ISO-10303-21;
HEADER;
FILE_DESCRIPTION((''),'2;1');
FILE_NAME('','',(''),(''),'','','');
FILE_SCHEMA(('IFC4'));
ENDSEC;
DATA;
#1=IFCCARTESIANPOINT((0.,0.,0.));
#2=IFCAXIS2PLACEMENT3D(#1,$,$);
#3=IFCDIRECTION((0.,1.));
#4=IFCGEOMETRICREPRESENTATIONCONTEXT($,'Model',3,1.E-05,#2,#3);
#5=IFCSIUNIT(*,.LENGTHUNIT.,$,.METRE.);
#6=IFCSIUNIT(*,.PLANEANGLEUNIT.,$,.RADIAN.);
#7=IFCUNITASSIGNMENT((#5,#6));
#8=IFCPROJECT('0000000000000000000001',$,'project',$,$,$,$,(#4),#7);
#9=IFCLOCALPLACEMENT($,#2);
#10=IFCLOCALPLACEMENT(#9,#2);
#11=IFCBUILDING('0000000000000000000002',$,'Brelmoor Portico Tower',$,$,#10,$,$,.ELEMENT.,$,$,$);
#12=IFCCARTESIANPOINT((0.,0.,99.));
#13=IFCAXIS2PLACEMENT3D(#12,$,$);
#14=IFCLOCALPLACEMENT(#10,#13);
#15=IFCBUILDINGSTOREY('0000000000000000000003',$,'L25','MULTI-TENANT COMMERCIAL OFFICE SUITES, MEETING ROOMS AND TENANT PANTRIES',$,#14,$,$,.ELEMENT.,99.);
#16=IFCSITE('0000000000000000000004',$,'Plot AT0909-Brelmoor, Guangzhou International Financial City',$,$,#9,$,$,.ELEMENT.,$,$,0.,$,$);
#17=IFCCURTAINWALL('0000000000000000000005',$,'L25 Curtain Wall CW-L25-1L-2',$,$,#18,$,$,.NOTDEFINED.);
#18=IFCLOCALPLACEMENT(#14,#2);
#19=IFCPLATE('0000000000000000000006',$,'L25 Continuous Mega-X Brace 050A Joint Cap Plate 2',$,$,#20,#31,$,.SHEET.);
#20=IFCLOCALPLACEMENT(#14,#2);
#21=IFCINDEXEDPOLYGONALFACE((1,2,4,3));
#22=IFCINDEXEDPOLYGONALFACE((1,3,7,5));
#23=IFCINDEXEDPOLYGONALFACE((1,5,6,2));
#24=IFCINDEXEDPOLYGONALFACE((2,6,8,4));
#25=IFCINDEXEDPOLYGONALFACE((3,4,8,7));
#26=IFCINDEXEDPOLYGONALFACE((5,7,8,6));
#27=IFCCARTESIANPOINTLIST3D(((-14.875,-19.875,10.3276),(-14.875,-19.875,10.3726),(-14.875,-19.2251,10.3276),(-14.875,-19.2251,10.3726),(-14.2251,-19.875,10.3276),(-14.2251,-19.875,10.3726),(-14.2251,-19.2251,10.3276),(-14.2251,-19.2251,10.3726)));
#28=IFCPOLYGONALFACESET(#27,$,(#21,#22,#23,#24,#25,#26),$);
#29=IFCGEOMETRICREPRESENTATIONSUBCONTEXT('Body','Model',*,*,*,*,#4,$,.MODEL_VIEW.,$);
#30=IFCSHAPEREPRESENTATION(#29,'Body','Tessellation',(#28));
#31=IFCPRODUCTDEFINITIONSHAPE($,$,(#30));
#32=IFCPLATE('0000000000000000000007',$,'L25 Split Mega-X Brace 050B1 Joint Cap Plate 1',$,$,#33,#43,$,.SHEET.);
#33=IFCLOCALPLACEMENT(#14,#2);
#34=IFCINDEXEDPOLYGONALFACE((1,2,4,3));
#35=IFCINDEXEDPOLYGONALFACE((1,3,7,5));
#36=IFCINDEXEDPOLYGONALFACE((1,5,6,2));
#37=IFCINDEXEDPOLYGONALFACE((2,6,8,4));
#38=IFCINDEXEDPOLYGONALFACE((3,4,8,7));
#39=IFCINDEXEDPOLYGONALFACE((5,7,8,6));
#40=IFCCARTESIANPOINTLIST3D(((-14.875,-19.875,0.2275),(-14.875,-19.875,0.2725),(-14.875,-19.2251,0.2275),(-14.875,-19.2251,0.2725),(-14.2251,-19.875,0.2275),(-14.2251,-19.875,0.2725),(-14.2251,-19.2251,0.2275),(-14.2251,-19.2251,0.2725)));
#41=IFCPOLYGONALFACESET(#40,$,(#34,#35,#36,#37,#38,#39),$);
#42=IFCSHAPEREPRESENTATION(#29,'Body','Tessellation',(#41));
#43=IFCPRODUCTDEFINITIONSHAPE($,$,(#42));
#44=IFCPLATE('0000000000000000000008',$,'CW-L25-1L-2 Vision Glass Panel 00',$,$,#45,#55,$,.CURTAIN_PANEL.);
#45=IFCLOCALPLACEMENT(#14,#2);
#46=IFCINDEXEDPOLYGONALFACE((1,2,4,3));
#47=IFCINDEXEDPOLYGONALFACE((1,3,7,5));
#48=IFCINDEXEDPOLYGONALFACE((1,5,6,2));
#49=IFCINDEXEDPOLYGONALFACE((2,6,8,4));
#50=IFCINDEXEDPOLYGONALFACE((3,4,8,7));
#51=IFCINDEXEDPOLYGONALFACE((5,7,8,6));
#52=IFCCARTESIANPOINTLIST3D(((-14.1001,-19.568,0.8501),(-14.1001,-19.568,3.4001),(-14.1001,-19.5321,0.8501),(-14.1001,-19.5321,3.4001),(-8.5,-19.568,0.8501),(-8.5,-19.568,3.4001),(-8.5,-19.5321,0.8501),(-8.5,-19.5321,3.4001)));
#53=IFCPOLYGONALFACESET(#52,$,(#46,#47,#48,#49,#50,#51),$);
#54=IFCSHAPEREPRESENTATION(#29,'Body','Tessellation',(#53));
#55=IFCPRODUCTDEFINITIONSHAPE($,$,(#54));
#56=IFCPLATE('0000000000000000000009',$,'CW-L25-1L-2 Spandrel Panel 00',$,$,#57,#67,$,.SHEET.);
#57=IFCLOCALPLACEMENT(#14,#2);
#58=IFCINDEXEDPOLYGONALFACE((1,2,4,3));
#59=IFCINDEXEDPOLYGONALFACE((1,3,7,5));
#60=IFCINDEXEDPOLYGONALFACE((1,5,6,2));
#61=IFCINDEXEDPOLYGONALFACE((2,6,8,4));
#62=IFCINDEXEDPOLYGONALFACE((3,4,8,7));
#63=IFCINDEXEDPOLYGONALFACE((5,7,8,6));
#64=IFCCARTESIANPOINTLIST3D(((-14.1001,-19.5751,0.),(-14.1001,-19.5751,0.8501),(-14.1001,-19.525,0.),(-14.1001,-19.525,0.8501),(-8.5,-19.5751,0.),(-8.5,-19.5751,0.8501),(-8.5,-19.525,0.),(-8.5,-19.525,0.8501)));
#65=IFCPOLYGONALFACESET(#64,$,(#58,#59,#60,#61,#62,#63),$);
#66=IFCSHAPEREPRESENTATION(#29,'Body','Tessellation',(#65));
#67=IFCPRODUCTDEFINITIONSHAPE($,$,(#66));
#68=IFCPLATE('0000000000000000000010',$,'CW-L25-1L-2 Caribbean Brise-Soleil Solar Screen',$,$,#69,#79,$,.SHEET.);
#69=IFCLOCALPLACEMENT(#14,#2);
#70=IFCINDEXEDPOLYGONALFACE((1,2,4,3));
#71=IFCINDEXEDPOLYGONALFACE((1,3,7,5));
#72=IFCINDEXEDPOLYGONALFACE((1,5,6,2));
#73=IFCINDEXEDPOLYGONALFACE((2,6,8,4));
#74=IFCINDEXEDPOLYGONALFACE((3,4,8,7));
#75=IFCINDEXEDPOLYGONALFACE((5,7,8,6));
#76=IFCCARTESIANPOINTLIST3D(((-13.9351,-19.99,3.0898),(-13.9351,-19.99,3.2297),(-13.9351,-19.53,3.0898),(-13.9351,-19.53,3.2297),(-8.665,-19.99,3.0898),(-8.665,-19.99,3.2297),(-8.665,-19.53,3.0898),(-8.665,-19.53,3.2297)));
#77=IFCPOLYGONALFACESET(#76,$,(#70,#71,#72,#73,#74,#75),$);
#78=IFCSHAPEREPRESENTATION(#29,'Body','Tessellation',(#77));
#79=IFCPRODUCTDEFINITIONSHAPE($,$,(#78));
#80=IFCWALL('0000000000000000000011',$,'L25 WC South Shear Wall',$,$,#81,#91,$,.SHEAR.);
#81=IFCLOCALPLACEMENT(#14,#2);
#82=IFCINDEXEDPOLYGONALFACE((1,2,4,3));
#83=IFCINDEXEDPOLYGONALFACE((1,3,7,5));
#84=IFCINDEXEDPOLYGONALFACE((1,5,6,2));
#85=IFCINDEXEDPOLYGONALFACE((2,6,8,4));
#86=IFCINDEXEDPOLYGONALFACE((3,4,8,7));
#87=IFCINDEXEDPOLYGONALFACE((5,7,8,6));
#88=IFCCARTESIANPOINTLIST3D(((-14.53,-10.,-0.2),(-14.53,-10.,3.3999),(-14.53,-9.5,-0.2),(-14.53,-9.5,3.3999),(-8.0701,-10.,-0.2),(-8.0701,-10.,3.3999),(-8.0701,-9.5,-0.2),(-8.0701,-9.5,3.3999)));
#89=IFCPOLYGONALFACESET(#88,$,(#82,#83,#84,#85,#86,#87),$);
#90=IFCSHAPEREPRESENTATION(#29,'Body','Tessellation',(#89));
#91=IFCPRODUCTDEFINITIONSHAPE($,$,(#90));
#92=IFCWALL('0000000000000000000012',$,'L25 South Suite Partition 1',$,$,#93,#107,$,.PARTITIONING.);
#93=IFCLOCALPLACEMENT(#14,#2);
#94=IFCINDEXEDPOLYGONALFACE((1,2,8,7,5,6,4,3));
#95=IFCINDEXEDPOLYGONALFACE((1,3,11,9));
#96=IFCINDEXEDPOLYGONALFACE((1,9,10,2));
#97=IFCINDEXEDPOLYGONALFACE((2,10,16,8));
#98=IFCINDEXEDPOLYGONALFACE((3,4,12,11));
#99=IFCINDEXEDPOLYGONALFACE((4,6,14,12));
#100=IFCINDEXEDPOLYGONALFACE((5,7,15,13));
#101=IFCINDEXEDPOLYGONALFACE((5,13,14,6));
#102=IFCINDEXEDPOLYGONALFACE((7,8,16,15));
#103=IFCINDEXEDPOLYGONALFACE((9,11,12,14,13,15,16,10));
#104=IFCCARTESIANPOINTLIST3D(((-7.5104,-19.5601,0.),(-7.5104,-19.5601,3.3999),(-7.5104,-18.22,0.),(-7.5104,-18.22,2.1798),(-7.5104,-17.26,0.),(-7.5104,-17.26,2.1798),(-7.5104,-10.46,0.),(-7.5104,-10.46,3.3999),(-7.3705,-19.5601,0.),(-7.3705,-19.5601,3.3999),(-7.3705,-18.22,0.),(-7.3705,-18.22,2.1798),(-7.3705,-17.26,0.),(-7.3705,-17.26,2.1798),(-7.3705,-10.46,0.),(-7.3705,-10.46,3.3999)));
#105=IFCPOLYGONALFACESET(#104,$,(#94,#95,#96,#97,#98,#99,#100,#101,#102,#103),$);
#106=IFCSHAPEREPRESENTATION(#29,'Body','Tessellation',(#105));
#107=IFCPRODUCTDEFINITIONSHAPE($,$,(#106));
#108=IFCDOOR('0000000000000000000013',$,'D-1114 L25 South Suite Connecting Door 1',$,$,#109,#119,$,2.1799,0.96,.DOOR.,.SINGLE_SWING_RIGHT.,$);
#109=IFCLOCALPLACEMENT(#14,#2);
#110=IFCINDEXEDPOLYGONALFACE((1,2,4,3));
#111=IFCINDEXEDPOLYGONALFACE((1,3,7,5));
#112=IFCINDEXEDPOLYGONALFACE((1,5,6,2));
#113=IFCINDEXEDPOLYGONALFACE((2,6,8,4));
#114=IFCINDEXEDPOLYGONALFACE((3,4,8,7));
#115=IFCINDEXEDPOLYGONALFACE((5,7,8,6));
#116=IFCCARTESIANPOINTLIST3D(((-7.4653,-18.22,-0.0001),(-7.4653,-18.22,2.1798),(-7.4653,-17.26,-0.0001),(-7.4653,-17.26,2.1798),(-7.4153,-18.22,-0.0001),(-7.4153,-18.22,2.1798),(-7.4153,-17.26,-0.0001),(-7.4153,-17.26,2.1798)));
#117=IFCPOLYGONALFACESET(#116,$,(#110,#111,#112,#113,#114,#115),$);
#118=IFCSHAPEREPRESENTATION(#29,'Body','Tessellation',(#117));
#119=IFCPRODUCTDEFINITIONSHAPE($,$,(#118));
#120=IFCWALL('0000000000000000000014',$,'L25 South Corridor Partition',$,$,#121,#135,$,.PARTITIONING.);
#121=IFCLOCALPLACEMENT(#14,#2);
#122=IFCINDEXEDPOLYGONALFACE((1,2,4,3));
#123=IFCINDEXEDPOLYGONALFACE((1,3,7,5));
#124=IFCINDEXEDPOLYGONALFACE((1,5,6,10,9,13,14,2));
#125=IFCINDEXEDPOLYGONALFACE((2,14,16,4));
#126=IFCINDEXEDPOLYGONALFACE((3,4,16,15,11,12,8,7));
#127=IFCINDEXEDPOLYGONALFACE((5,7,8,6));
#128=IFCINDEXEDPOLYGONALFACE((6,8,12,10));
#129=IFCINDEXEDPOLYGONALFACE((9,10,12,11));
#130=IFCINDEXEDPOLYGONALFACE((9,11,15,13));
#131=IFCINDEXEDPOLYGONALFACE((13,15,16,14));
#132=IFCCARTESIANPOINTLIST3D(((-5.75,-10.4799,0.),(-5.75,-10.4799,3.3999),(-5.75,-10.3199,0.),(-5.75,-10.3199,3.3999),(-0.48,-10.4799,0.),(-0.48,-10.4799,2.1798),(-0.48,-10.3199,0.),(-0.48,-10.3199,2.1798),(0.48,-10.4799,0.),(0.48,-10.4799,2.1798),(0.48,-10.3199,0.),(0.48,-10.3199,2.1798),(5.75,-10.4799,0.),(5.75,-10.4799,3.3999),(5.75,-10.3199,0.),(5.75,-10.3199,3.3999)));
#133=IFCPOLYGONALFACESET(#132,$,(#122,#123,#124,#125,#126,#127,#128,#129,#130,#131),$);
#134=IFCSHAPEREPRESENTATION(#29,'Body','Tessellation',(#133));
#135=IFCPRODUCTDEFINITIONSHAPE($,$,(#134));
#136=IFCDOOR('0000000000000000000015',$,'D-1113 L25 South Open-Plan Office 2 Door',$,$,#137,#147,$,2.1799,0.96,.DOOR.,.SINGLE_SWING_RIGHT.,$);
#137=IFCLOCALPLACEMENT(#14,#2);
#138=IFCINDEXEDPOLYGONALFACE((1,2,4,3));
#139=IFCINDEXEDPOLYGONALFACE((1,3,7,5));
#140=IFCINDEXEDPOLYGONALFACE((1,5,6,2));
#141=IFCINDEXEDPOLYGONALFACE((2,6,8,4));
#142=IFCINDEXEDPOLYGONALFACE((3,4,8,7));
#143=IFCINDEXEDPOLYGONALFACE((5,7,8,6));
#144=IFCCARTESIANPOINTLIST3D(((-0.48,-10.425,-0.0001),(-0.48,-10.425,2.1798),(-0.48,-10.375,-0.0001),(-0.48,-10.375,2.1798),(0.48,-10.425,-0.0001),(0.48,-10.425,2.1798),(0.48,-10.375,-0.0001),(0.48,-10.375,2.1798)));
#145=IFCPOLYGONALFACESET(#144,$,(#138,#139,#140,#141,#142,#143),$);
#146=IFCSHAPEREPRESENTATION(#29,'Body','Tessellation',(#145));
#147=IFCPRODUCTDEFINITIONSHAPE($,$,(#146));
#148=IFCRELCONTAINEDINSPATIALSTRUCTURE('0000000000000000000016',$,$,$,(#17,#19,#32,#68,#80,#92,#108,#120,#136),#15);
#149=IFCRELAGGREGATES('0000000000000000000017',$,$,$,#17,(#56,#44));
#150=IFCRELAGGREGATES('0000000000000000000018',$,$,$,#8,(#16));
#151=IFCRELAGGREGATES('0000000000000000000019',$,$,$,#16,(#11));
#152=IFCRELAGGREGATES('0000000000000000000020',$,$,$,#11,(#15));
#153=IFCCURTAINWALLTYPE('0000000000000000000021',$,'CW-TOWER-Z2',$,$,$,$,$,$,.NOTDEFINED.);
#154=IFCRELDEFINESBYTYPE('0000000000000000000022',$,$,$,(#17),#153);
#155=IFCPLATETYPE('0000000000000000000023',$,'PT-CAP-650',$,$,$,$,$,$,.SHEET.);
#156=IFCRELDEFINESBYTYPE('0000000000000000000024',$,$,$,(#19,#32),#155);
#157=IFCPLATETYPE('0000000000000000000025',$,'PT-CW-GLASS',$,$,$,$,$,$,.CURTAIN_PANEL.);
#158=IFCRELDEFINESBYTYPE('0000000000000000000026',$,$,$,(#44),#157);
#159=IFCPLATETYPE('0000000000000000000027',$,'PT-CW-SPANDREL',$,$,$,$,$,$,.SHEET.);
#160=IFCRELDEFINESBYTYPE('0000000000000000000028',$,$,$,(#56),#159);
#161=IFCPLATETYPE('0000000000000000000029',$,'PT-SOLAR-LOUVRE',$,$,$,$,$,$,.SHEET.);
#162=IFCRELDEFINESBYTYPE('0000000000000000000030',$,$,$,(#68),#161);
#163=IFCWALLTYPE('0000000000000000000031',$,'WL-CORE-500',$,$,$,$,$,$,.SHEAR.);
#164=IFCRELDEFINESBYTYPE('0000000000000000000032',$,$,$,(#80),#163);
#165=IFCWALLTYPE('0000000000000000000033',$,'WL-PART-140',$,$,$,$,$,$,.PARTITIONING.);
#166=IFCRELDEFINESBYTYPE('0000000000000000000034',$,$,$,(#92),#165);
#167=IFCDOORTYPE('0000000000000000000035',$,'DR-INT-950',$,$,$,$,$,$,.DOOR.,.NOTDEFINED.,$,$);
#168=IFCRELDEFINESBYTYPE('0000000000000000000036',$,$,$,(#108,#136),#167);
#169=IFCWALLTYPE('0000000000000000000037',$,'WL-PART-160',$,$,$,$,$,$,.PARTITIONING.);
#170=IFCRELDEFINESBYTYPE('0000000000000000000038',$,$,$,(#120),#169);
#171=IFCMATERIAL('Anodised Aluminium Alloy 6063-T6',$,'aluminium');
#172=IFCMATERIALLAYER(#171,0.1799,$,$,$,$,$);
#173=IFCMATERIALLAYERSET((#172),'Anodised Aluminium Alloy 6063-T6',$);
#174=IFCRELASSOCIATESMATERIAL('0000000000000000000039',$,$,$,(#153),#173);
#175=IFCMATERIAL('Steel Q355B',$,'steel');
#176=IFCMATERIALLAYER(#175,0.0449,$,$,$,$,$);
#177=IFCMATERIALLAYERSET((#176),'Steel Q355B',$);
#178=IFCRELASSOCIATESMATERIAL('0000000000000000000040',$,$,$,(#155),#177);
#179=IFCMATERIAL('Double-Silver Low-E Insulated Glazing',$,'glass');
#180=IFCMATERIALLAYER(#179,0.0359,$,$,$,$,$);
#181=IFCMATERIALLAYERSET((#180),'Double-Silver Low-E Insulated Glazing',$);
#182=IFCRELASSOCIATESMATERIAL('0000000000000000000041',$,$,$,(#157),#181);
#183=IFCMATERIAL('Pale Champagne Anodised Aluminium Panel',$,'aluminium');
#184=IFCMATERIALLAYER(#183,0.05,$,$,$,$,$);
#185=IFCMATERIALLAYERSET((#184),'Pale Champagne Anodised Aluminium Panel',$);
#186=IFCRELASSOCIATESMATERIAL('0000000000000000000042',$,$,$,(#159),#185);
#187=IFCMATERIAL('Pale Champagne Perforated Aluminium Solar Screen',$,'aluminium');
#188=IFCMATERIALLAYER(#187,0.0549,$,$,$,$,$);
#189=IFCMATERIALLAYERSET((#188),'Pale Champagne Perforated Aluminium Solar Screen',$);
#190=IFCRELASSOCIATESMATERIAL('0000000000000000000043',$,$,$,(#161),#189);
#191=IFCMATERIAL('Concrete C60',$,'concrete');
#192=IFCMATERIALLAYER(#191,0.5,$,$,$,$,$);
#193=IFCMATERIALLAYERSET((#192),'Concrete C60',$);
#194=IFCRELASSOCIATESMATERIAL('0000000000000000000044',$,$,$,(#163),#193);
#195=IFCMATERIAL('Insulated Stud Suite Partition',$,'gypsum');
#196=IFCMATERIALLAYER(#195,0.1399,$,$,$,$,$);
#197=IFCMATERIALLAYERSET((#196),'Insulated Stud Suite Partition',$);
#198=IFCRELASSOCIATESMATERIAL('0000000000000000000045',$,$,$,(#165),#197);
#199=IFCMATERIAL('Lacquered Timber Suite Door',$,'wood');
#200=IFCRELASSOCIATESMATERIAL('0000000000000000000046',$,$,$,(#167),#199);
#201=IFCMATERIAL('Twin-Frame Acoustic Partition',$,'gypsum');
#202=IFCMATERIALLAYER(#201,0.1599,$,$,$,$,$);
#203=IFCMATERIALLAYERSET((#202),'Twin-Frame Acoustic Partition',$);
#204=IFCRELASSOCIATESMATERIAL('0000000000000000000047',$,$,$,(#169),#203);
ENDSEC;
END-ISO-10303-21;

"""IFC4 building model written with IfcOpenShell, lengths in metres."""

from ifc_helpers import new_model, si_unit, direction, frame, frame_2d, origin, origin_2d, place, context, subcontext, project, spatial, rectangle, extrude, material, layer, layer_set, type_object, element, fill, aggregate, save


model = new_model("IFC4")

# Units and contexts
model_context = context("Model", 3, precision=1e-05, world=origin(), true_north=direction((0.0, 1.0)))
body_context = subcontext(model_context, "Body", "Model", "MODEL_VIEW")
ifc_project = project(units=[si_unit("LENGTHUNIT", "METRE"), si_unit("PLANEANGLEUNIT", "RADIAN")], contexts=[model_context])

# Site, building, storey
site_placement = place(None, origin())
site = spatial("IfcSite", under=ifc_project, at=site_placement, Name="Plot AT0909-Brelmoor, Guangzhou International Financial City", CompositionType="ELEMENT", RefElevation=0.0)
building_placement = place(site_placement, origin())
building = spatial("IfcBuilding", under=site, at=building_placement, Name="Brelmoor Portico Tower", CompositionType="ELEMENT")
storey_placement = place(building_placement, frame((0.0, 0.0, 99.0)))
storey = spatial("IfcBuildingStorey", under=building, at=storey_placement, Name="L25", Description="MULTI-TENANT COMMERCIAL OFFICE SUITES, MEETING ROOMS AND TENANT PANTRIES", CompositionType="ELEMENT", Elevation=99.0)

# Shared definitions
ifc_material_1 = material(Name="Steel Q355B", Category="steel")

# Curtain wall
ifc_material_2 = material(Name="Anodised Aluminium Alloy 6063-T6", Category="aluminium")
ifc_layer_1 = layer(ifc_material_2, 0.1799)
ifc_layer_set_1 = layer_set([ifc_layer_1], Name="Anodised Aluminium Alloy 6063-T6")
curtain_wall_type = type_object("IfcCurtainWallType", Name="CW-TOWER-Z2", PredefinedType="NOTDEFINED", material=ifc_layer_set_1)
curtain_wall_1_placement = place(storey_placement, origin())
curtain_wall_1 = element("IfcCurtainWall", 1, at=curtain_wall_1_placement, inside=storey, type_object=curtain_wall_type, Name="L25 Curtain Wall CW-L25-1L-2", PredefinedType="NOTDEFINED")

# Plates
ifc_layer_2 = layer(ifc_material_1, 0.0449)
ifc_layer_set_2 = layer_set([ifc_layer_2], Name="Steel Q355B")
plate_type_1 = type_object("IfcPlateType", Name="PT-CAP-650", PredefinedType="SHEET", material=ifc_layer_set_2)
for number, where, z_axis, x_axis, name in (
    (2, (-14.55, -19.55, 10.3276), (0.0, 0.0, 1.0), (1.0, 0.0, 0.0), "L25 Continuous Mega-X Brace 050A Joint Cap Plate 2"),
    (3, (-14.55, -19.55, 0.2275), (0.0, 0.0, 1.0), (1.0, 0.0, 0.0), "L25 Split Mega-X Brace 050B1 Joint Cap Plate 1"),
):
    element("IfcPlate", number, at=place(storey_placement, frame(where, z_axis=z_axis, x_axis=x_axis)), inside=storey, type_object=plate_type_1, Name=name, PredefinedType="SHEET", context=body_context, shape_type="SweptSolid", body=[
        extrude(rectangle(XDim=0.6499, YDim=0.6499, at=origin_2d()), origin(), (0.0, 0.0, 1.0), 0.0449),
    ])

# Plates
ifc_material_3 = material(Name="Double-Silver Low-E Insulated Glazing", Category="glass")
ifc_layer_3 = layer(ifc_material_3, 0.0359)
ifc_layer_set_3 = layer_set([ifc_layer_3], Name="Double-Silver Low-E Insulated Glazing")
plate_type_2 = type_object("IfcPlateType", Name="PT-CW-GLASS", PredefinedType="CURTAIN_PANEL", material=ifc_layer_set_3)
plate_1_placement = place(storey_placement, frame((-11.3, -19.55, 0.8501), z_axis=(0.0, 0.0, 1.0), x_axis=(1.0, 0.0, 0.0)))
plate_1 = element("IfcPlate", 4, at=plate_1_placement, type_object=plate_type_2, Name="CW-L25-1L-2 Vision Glass Panel 00", PredefinedType="CURTAIN_PANEL", context=body_context, shape_type="SweptSolid", body=[
    extrude(rectangle(XDim=5.6001, YDim=0.0359, at=origin_2d()), origin(), (0.0, 0.0, 1.0), 2.55),
])
ifc_material_4 = material(Name="Pale Champagne Anodised Aluminium Panel", Category="aluminium")
ifc_layer_4 = layer(ifc_material_4, 0.05)
ifc_layer_set_4 = layer_set([ifc_layer_4], Name="Pale Champagne Anodised Aluminium Panel")
plate_type_3 = type_object("IfcPlateType", Name="PT-CW-SPANDREL", PredefinedType="SHEET", material=ifc_layer_set_4)
plate_2_placement = place(storey_placement, frame((-11.3, -19.55, 0.0), z_axis=(0.0, 0.0, 1.0), x_axis=(1.0, 0.0, 0.0)))
plate_2 = element("IfcPlate", 5, at=plate_2_placement, type_object=plate_type_3, Name="CW-L25-1L-2 Spandrel Panel 00", PredefinedType="SHEET", context=body_context, shape_type="SweptSolid", body=[
    extrude(rectangle(XDim=5.6001, YDim=0.05, at=origin_2d()), origin(), (0.0, 0.0, 1.0), 0.8501),
])
aggregate(curtain_wall_1, [plate_2, plate_1])
ifc_material_5 = material(Name="Pale Champagne Perforated Aluminium Solar Screen", Category="aluminium")
ifc_layer_5 = layer(ifc_material_5, 0.0549)
ifc_layer_set_5 = layer_set([ifc_layer_5], Name="Pale Champagne Perforated Aluminium Solar Screen")
plate_type_4 = type_object("IfcPlateType", Name="PT-SOLAR-LOUVRE", PredefinedType="SHEET", material=ifc_layer_set_5)
plate_3_placement = place(storey_placement, frame((-11.3, -19.76, 3.0898), z_axis=(0.0, 0.0, 1.0), x_axis=(1.0, 0.0, 0.0)))
element("IfcPlate", 6, at=plate_3_placement, inside=storey, type_object=plate_type_4, Name="CW-L25-1L-2 Caribbean Brise-Soleil Solar Screen", PredefinedType="SHEET", context=body_context, shape_type="SweptSolid", body=[
    extrude(rectangle(XDim=5.27, YDim=0.46, at=origin_2d()), origin(), (0.0, 0.0, 1.0), 0.1399),
])

# Wall
ifc_material_6 = material(Name="Concrete C60", Category="concrete")
ifc_layer_6 = layer(ifc_material_6, 0.5)
ifc_layer_set_6 = layer_set([ifc_layer_6], Name="Concrete C60")
wall_type_1 = type_object("IfcWallType", Name="WL-CORE-500", PredefinedType="SHEAR", material=ifc_layer_set_6)
wall_1_placement = place(storey_placement, frame((-14.53, -9.75, -0.2), z_axis=(0.0, 0.0, 1.0), x_axis=(1.0, 0.0, 0.0)))
element("IfcWall", 7, at=wall_1_placement, inside=storey, type_object=wall_type_1, Name="L25 WC South Shear Wall", PredefinedType="SHEAR", context=body_context, shape_type="SweptSolid", body=[
    extrude(rectangle(XDim=6.46, YDim=0.5, at=frame_2d((3.23, 0.0))), origin(), (0.0, 0.0, 1.0), 3.5999),
])

# Walls, openings, doors
ifc_material_7 = material(Name="Insulated Stud Suite Partition", Category="gypsum")
ifc_layer_7 = layer(ifc_material_7, 0.1399)
ifc_layer_set_7 = layer_set([ifc_layer_7], Name="Insulated Stud Suite Partition")
wall_type_2 = type_object("IfcWallType", Name="WL-PART-140", PredefinedType="PARTITIONING", material=ifc_layer_set_7)
wall_2_placement = place(storey_placement, frame((-7.4404, -19.5601, 0.0), z_axis=(0.0, 0.0, 1.0), x_axis=(0.0, 1.0, 0.0)))
wall_2 = element("IfcWall", 8, at=wall_2_placement, inside=storey, type_object=wall_type_2, Name="L25 South Suite Partition 1", PredefinedType="PARTITIONING", context=body_context, shape_type="SweptSolid", body=[
    extrude(rectangle(XDim=9.1001, YDim=0.1399, at=frame_2d((4.55, 0.0))), origin(), (0.0, 0.0, 1.0), 3.3999),
])
opening_1_placement = place(wall_2_placement, frame((1.3401, 0.0, 0.0)))
opening_1 = element("IfcOpeningElement", 9, at=opening_1_placement, cuts=wall_2, PredefinedType="OPENING", context=body_context, shape_type="SweptSolid", body=[
    extrude(rectangle(XDim=0.96, YDim=2.1799, at=frame_2d((0.48, 1.0898))), frame((0.0, 0.0798, 0.0), z_axis=(0.0, -1.0, 0.0), x_axis=(1.0, 0.0, 0.0)), (0.0, 0.0, 1.0), 0.1599),
])
ifc_material_8 = material(Name="Lacquered Timber Suite Door", Category="wood")
door_type = type_object("IfcDoorType", Name="DR-INT-950", OperationType="NOTDEFINED", PredefinedType="DOOR", material=ifc_material_8)
door_1_placement = place(opening_1_placement, origin())
door_1 = element("IfcDoor", 10, at=door_1_placement, inside=storey, type_object=door_type, Name="D-1114 L25 South Suite Connecting Door 1", OperationType="SINGLE_SWING_RIGHT", OverallHeight=2.1799, OverallWidth=0.96, PredefinedType="DOOR", context=body_context, shape_type="SweptSolid", body=[
    extrude(rectangle(XDim=0.96, YDim=2.1799, at=frame_2d((0.48, 1.0898))), frame((0.0, 0.0249, 0.0), z_axis=(0.0, -1.0, 0.0), x_axis=(1.0, 0.0, 0.0)), (0.0, 0.0, 1.0), 0.05),
])
fill(opening_1, door_1)
ifc_material_9 = material(Name="Twin-Frame Acoustic Partition", Category="gypsum")
ifc_layer_8 = layer(ifc_material_9, 0.1599)
ifc_layer_set_8 = layer_set([ifc_layer_8], Name="Twin-Frame Acoustic Partition")
wall_type_3 = type_object("IfcWallType", Name="WL-PART-160", PredefinedType="PARTITIONING", material=ifc_layer_set_8)
wall_3_placement = place(storey_placement, frame((-5.75, -10.3999, 0.0), z_axis=(0.0, 0.0, 1.0), x_axis=(1.0, 0.0, 0.0)))
wall_3 = element("IfcWall", 11, at=wall_3_placement, inside=storey, type_object=wall_type_3, Name="L25 South Corridor Partition", PredefinedType="PARTITIONING", context=body_context, shape_type="SweptSolid", body=[
    extrude(rectangle(XDim=11.5, YDim=0.1599, at=frame_2d((5.75, 0.0))), origin(), (0.0, 0.0, 1.0), 3.3999),
])
opening_2_placement = place(wall_3_placement, frame((5.27, 0.0, 0.0)))
opening_2 = element("IfcOpeningElement", 12, at=opening_2_placement, cuts=wall_3, PredefinedType="OPENING", context=body_context, shape_type="SweptSolid", body=[
    extrude(rectangle(XDim=0.96, YDim=2.1799, at=frame_2d((0.48, 1.0898))), frame((0.0, 0.0898, 0.0), z_axis=(0.0, -1.0, 0.0), x_axis=(1.0, 0.0, 0.0)), (0.0, 0.0, 1.0), 0.1799),
])
door_2_placement = place(opening_2_placement, origin())
door_2 = element("IfcDoor", 13, at=door_2_placement, inside=storey, type_object=door_type, Name="D-1113 L25 South Open-Plan Office 2 Door", OperationType="SINGLE_SWING_RIGHT", OverallHeight=2.1799, OverallWidth=0.96, PredefinedType="DOOR", context=body_context, shape_type="SweptSolid", body=[
    extrude(rectangle(XDim=0.96, YDim=2.1799, at=frame_2d((0.48, 1.0898))), frame((0.0, 0.0249, 0.0), z_axis=(0.0, -1.0, 0.0), x_axis=(1.0, 0.0, 0.0)), (0.0, 0.0, 1.0), 0.05),
])
fill(opening_2, door_2)

save(model, "model.ifc")
